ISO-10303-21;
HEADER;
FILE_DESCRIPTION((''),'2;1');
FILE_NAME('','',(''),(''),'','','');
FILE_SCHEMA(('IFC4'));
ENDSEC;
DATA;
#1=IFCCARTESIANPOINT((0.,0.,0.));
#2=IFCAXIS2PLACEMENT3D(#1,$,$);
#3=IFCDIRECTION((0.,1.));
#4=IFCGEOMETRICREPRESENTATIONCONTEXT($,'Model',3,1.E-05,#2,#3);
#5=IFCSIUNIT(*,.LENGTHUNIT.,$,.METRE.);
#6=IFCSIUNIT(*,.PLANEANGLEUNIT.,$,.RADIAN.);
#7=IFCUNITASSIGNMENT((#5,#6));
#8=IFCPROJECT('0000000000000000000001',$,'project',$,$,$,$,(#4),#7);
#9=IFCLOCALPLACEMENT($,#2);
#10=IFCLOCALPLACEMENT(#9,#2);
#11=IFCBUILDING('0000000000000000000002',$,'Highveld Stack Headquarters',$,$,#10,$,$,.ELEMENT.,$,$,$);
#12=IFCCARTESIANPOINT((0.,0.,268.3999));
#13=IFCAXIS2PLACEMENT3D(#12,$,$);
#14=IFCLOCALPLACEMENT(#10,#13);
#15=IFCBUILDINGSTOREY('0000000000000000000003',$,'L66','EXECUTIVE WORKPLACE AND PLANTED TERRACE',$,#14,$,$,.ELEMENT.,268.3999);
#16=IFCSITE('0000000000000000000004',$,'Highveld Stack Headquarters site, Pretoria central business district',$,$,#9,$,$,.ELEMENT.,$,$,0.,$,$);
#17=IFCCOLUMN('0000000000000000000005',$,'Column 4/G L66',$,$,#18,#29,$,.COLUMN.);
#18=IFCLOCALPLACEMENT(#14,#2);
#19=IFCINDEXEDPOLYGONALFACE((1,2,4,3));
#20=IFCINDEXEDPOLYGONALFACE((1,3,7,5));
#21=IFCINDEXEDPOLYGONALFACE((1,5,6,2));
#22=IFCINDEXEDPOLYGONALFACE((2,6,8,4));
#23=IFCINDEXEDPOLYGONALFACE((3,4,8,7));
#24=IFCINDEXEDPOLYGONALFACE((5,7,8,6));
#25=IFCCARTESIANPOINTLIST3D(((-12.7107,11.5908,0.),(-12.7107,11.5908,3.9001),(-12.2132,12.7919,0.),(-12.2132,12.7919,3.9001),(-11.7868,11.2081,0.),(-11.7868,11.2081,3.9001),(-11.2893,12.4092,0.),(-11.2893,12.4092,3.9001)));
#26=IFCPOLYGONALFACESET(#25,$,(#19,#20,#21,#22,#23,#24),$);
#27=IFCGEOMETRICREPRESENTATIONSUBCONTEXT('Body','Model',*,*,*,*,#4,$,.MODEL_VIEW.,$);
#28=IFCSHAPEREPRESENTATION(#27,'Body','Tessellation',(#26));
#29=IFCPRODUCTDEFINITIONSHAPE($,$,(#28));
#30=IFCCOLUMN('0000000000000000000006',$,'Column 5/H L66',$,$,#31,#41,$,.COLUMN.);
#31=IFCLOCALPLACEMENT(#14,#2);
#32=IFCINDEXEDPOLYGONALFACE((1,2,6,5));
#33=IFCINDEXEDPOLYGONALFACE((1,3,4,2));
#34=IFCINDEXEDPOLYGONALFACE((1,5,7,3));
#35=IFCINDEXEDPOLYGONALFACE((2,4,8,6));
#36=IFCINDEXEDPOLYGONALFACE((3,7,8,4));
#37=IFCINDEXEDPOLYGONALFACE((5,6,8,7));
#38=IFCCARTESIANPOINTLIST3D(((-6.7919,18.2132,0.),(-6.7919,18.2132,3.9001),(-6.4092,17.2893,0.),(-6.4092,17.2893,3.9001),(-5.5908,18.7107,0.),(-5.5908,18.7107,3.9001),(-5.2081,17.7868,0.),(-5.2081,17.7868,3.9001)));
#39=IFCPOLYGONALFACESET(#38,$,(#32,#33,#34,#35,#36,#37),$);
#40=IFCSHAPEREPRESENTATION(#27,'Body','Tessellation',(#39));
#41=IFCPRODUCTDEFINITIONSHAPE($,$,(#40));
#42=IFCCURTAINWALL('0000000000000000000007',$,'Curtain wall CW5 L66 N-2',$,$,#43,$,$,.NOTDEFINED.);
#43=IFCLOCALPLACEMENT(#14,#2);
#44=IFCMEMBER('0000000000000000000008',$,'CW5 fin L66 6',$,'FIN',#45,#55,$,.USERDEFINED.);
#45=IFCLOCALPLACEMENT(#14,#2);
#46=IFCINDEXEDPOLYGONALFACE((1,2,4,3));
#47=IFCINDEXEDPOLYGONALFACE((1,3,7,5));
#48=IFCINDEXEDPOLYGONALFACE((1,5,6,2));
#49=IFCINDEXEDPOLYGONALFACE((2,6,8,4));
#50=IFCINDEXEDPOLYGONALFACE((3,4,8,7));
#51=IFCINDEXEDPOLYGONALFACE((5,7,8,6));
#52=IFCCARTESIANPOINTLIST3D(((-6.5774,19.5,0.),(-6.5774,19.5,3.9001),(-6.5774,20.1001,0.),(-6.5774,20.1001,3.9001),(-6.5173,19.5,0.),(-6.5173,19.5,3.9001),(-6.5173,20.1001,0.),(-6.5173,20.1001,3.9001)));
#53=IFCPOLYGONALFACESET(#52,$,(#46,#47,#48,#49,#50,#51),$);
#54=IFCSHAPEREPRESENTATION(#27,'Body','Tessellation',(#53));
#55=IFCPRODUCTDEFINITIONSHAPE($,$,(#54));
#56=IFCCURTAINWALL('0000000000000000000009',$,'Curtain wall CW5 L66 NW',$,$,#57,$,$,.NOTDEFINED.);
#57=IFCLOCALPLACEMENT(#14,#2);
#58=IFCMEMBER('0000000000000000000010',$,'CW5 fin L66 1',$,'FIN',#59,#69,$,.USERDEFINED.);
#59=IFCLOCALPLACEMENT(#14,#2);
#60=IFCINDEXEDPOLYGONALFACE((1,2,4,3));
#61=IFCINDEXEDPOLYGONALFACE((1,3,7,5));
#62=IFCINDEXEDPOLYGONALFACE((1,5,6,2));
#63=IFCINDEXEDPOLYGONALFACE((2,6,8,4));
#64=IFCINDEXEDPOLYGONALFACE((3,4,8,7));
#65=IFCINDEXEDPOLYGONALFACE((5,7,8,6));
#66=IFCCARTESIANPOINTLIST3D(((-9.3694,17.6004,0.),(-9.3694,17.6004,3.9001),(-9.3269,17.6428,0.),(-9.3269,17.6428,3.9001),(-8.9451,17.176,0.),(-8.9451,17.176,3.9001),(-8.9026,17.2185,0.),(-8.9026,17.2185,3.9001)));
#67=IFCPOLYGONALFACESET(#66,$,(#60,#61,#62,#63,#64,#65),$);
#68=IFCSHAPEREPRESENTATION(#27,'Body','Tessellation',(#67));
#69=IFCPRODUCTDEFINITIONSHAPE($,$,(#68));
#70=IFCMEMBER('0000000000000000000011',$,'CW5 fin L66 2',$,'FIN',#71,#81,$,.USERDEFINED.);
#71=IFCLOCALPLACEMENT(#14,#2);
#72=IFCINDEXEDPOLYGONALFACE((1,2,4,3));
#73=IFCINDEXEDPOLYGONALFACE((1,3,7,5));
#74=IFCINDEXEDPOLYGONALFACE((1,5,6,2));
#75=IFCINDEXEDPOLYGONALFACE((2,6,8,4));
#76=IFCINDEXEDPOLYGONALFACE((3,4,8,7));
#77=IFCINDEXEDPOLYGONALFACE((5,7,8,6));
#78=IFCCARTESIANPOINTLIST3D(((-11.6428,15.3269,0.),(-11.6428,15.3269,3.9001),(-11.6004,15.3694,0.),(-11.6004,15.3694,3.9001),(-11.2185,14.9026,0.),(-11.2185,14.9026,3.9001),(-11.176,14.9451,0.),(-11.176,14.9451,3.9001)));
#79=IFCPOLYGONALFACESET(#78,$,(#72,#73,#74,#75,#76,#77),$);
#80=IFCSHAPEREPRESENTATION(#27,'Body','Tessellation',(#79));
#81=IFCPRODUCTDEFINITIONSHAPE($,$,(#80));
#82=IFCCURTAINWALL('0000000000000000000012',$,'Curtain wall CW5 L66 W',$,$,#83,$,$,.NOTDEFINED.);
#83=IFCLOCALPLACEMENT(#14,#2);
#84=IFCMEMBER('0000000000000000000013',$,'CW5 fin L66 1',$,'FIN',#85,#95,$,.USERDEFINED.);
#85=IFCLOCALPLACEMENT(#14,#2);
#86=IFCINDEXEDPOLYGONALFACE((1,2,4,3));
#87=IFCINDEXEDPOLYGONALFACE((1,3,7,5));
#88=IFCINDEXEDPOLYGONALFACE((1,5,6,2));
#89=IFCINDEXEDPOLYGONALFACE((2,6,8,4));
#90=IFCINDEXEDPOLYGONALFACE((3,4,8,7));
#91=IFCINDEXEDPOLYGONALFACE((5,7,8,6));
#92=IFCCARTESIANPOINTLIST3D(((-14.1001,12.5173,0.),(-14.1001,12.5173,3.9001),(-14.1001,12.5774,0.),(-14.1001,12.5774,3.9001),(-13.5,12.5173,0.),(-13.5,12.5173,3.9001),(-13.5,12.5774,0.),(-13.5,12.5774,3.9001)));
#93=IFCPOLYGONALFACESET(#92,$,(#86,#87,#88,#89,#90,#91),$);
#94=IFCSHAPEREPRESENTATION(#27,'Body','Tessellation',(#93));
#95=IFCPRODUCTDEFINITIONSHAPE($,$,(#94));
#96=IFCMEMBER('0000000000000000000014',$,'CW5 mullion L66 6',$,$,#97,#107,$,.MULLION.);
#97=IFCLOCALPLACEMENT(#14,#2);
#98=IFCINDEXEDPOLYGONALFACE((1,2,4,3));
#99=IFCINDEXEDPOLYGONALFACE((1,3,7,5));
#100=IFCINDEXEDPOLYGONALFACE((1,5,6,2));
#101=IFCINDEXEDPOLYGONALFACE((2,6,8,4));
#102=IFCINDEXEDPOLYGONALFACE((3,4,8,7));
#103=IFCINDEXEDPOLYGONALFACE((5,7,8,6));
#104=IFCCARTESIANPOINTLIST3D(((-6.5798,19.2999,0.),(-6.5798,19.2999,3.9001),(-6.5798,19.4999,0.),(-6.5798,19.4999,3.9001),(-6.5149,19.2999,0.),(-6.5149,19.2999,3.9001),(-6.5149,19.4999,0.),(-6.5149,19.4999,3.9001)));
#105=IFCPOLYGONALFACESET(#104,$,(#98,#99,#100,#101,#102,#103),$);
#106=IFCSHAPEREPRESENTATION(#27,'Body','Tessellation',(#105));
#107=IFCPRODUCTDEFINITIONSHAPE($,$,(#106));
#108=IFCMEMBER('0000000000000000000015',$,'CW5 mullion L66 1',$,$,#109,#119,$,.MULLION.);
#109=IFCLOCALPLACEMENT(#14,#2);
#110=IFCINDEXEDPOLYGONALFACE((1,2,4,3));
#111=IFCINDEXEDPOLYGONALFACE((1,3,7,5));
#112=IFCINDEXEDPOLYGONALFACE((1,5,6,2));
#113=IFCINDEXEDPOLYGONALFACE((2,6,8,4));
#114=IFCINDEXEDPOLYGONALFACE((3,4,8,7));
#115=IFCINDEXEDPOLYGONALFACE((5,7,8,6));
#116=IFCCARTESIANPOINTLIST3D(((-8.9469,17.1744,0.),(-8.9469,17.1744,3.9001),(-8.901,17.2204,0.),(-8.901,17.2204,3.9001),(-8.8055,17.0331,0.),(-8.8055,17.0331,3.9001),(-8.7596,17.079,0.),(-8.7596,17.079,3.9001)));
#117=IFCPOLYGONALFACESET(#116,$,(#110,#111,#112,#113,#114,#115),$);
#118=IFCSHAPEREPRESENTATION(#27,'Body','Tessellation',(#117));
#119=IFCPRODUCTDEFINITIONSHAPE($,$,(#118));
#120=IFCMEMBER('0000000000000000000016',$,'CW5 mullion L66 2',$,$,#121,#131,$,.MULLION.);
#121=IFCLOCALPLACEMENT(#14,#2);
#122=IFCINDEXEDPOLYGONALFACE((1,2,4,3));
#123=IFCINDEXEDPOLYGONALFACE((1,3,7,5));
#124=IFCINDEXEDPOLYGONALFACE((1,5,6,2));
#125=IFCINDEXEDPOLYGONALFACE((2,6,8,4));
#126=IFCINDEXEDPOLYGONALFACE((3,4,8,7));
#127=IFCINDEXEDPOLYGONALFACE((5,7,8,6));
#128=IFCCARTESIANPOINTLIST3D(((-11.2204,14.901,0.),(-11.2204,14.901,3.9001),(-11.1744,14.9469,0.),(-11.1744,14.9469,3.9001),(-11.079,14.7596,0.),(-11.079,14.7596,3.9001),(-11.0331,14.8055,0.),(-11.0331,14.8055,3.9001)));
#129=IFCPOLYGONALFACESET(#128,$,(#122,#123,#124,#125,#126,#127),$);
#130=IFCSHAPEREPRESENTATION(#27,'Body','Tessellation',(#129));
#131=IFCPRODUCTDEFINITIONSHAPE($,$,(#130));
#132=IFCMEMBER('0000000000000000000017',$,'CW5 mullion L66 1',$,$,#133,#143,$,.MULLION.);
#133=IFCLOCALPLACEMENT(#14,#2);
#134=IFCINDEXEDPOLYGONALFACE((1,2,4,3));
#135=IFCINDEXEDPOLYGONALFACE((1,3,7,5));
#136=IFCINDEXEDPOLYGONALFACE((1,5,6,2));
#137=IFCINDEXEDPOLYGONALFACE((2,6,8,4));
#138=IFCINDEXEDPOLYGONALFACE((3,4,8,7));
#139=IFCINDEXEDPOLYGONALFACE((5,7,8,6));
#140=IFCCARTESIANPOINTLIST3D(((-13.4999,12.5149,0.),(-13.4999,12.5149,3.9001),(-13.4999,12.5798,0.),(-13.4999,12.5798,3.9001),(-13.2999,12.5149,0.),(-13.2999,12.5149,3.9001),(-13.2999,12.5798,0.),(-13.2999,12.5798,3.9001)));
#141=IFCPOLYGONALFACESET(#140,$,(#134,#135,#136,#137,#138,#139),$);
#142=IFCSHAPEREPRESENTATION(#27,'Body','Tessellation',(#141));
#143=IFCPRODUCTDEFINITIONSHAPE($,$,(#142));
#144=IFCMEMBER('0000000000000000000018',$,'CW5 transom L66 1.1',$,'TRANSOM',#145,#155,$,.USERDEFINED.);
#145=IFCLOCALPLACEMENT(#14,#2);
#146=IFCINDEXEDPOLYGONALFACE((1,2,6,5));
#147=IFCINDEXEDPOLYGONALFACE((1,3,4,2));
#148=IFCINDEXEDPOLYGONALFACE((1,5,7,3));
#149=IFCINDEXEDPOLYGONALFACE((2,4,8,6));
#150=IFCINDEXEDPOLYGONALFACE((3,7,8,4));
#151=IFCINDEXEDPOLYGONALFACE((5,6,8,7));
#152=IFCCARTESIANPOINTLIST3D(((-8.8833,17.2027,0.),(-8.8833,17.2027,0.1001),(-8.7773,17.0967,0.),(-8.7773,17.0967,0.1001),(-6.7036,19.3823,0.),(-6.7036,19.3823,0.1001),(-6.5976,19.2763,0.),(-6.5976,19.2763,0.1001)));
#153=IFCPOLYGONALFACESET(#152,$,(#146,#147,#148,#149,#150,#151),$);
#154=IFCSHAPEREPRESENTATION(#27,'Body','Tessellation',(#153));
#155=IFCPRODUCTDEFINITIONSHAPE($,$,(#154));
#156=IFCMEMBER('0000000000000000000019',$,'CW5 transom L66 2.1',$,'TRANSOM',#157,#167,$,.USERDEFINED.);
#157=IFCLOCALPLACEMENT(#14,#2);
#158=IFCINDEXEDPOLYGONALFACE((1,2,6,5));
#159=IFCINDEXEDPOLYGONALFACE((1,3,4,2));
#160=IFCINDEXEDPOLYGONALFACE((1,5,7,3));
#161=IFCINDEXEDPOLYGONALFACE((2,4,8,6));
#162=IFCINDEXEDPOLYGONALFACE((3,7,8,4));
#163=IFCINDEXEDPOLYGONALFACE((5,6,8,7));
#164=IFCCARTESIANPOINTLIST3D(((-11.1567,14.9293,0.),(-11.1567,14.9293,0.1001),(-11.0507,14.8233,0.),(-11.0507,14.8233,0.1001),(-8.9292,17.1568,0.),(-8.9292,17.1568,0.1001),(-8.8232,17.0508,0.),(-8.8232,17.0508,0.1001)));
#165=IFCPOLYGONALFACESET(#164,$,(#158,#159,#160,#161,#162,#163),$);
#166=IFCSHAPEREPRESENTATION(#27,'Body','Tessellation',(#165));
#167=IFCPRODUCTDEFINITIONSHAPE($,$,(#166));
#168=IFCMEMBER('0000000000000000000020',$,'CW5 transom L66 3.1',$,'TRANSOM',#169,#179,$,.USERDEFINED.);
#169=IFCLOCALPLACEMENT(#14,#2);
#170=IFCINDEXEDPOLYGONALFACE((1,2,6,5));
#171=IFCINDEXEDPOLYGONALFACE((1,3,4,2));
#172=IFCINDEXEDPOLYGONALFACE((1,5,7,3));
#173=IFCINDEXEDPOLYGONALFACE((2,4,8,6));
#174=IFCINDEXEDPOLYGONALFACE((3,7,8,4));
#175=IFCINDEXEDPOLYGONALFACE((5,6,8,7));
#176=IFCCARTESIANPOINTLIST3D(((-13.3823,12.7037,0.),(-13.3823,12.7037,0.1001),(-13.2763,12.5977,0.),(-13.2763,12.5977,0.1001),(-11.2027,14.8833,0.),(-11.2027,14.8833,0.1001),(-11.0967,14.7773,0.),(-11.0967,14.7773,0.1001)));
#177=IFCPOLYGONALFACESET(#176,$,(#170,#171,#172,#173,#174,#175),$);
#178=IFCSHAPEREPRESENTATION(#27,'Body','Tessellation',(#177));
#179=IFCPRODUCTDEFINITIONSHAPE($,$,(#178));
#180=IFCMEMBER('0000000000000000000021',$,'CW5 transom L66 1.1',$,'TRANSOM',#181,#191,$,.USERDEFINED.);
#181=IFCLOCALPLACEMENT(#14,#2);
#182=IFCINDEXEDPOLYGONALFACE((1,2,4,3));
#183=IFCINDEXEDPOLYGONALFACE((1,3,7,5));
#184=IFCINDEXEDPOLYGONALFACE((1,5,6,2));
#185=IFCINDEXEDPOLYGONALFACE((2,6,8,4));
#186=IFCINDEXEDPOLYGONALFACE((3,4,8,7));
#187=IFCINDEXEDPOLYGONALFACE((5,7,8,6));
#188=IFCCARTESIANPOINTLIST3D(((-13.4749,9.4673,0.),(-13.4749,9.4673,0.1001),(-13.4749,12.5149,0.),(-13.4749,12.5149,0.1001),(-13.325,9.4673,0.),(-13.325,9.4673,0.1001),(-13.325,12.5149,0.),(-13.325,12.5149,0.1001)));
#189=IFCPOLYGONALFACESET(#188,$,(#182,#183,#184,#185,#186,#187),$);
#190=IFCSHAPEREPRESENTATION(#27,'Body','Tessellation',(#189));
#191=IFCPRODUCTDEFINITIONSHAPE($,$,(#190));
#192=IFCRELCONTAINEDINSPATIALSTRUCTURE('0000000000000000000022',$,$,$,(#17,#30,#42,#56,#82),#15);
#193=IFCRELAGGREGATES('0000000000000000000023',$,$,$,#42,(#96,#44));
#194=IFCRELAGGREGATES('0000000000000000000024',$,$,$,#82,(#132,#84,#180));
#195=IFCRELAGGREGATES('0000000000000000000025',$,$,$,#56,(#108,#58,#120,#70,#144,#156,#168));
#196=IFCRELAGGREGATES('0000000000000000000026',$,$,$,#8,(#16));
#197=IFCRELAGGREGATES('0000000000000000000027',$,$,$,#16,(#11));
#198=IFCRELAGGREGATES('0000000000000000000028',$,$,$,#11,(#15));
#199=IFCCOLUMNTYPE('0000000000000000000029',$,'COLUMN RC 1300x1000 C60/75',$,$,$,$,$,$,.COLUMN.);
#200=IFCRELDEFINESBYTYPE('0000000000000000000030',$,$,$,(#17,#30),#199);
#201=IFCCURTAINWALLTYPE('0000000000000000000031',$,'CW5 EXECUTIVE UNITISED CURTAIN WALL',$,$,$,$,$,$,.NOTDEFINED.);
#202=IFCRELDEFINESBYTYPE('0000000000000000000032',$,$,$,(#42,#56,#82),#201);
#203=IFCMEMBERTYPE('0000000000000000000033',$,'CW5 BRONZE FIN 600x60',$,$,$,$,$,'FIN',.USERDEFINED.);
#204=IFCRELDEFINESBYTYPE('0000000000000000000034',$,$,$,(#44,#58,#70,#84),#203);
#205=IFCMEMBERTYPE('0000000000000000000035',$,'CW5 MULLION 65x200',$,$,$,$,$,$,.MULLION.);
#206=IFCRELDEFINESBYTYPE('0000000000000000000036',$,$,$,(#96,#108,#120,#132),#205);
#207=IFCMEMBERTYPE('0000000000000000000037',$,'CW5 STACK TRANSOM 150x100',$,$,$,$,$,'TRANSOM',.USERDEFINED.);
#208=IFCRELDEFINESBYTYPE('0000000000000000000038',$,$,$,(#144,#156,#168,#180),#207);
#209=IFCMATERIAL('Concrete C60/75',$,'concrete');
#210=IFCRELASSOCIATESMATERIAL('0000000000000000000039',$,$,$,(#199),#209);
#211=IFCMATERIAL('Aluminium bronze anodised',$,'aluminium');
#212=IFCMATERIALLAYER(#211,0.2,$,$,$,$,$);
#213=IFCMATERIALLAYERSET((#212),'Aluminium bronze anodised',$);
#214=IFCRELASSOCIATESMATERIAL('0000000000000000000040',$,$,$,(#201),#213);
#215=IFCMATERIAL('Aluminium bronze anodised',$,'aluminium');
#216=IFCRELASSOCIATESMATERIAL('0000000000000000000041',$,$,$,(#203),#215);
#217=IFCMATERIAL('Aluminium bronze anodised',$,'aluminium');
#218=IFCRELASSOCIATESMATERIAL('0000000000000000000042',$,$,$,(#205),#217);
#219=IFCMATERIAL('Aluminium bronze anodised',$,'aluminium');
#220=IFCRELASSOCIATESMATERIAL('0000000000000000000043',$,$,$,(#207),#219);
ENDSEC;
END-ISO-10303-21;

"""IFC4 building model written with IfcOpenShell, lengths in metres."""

from ifc_helpers import new_model, si_unit, direction, frame, origin, origin_2d, place, context, subcontext, project, spatial, rectangle, extrude, material, layer, layer_set, material_profile, profile_set, type_object, element, aggregate, save


model = new_model("IFC4")

# Units and contexts
model_context = context("Model", 3, precision=1e-05, world=origin(), true_north=direction((0.0, 1.0)))
body_context = subcontext(model_context, "Body", "Model", "MODEL_VIEW")
ifc_project = project(units=[si_unit("LENGTHUNIT", "METRE"), si_unit("PLANEANGLEUNIT", "RADIAN")], contexts=[model_context])

# Site, building, storey
site_placement = place(None, origin())
site = spatial("IfcSite", under=ifc_project, at=site_placement, Name="Highveld Stack Headquarters site, Pretoria central business district", CompositionType="ELEMENT", RefElevation=0.0)
building_placement = place(site_placement, origin())
building = spatial("IfcBuilding", under=site, at=building_placement, Name="Highveld Stack Headquarters", CompositionType="ELEMENT")
storey_placement = place(building_placement, frame((0.0, 0.0, 268.3999)))
storey = spatial("IfcBuildingStorey", under=building, at=storey_placement, Name="L66", Description="EXECUTIVE WORKPLACE AND PLANTED TERRACE", CompositionType="ELEMENT", Elevation=268.3999)

# Columns
ifc_material_1 = material(Name="Concrete C60/75", Category="concrete")
ifc_material_profile_1 = material_profile(ifc_material_1, rectangle(XDim=1.3, YDim=1.0, at=origin_2d()), Name="RC 1300x1000")
ifc_profile_set_1 = profile_set([ifc_material_profile_1], Name="Concrete C60/75")
column_type = type_object("IfcColumnType", Name="COLUMN RC 1300x1000 C60/75", PredefinedType="COLUMN", material=ifc_profile_set_1)
for number, where, z_axis, x_axis, name in (
    (1, (-12.0, 12.0, 0.0), (0.0, 0.0, 1.0), (0.382683, 0.92388, 0.0), "Column 4/G L66"),
    (2, (-6.0, 18.0, 0.0), (0.0, 0.0, 1.0), (0.92388, 0.382683, 0.0), "Column 5/H L66"),
):
    element("IfcColumn", number, at=place(storey_placement, frame(where, z_axis=z_axis, x_axis=x_axis)), inside=storey, type_object=column_type, Name=name, PredefinedType="COLUMN", context=body_context, shape_type="SweptSolid", body=[
        extrude(rectangle(XDim=1.3, YDim=1.0, at=origin_2d()), origin(), (0.0, 0.0, 1.0), 3.9001),
    ])

# Curtain wall, member
ifc_material_2 = material(Name="Aluminium bronze anodised", Category="aluminium")
ifc_layer_1 = layer(ifc_material_2, 0.2)
ifc_layer_set_1 = layer_set([ifc_layer_1], Name="Aluminium bronze anodised")
curtain_wall_type = type_object("IfcCurtainWallType", Name="CW5 EXECUTIVE UNITISED CURTAIN WALL", PredefinedType="NOTDEFINED", material=ifc_layer_set_1)
curtain_wall_1_placement = place(storey_placement, origin())
curtain_wall_1 = element("IfcCurtainWall", 3, at=curtain_wall_1_placement, inside=storey, type_object=curtain_wall_type, Name="Curtain wall CW5 L66 N-2", PredefinedType="NOTDEFINED")
ifc_material_3 = material(Name="Aluminium bronze anodised", Category="aluminium")
ifc_material_profile_2 = material_profile(ifc_material_3, rectangle(XDim=0.6001, YDim=0.0601, at=origin_2d()), Name="FIN 600x60")
ifc_profile_set_2 = profile_set([ifc_material_profile_2], Name="Aluminium bronze anodised")
member_type_1 = type_object("IfcMemberType", Name="CW5 BRONZE FIN 600x60", ElementType="FIN", PredefinedType="USERDEFINED", material=ifc_profile_set_2)
member_1_placement = place(storey_placement, frame((-6.5474, 19.8, 0.0), z_axis=(0.0, 0.0, 1.0), x_axis=(0.0, -1.0, 0.0)))
member_1 = element("IfcMember", 4, at=member_1_placement, type_object=member_type_1, Name="CW5 fin L66 6", ObjectType="FIN", PredefinedType="USERDEFINED", context=body_context, shape_type="SweptSolid", body=[
    extrude(rectangle(XDim=0.6001, YDim=0.0601, at=origin_2d()), origin(), (0.0, 0.0, 1.0), 3.9001),
])

# Curtain wall, members
curtain_wall_2_placement = place(storey_placement, origin())
curtain_wall_2 = element("IfcCurtainWall", 5, at=curtain_wall_2_placement, inside=storey, type_object=curtain_wall_type, Name="Curtain wall CW5 L66 NW", PredefinedType="NOTDEFINED")
member_2_placement = place(storey_placement, frame((-9.136, 17.4094, 0.0), z_axis=(0.0, 0.0, 1.0), x_axis=(0.707107, -0.707107, 0.0)))
member_2 = element("IfcMember", 6, at=member_2_placement, type_object=member_type_1, Name="CW5 fin L66 1", ObjectType="FIN", PredefinedType="USERDEFINED", context=body_context, shape_type="SweptSolid", body=[
    extrude(rectangle(XDim=0.6001, YDim=0.0601, at=origin_2d()), origin(), (0.0, 0.0, 1.0), 3.9001),
])
member_3_placement = place(storey_placement, frame((-11.4094, 15.136, 0.0), z_axis=(0.0, 0.0, 1.0), x_axis=(0.707107, -0.707107, 0.0)))
member_3 = element("IfcMember", 7, at=member_3_placement, type_object=member_type_1, Name="CW5 fin L66 2", ObjectType="FIN", PredefinedType="USERDEFINED", context=body_context, shape_type="SweptSolid", body=[
    extrude(rectangle(XDim=0.6001, YDim=0.0601, at=origin_2d()), origin(), (0.0, 0.0, 1.0), 3.9001),
])

# Curtain wall, member
curtain_wall_3_placement = place(storey_placement, origin())
curtain_wall_3 = element("IfcCurtainWall", 8, at=curtain_wall_3_placement, inside=storey, type_object=curtain_wall_type, Name="Curtain wall CW5 L66 W", PredefinedType="NOTDEFINED")
member_4_placement = place(storey_placement, frame((-13.8, 12.5474, 0.0), z_axis=(0.0, 0.0, 1.0), x_axis=(1.0, 0.0, 0.0)))
member_4 = element("IfcMember", 9, at=member_4_placement, type_object=member_type_1, Name="CW5 fin L66 1", ObjectType="FIN", PredefinedType="USERDEFINED", context=body_context, shape_type="SweptSolid", body=[
    extrude(rectangle(XDim=0.6001, YDim=0.0601, at=origin_2d()), origin(), (0.0, 0.0, 1.0), 3.9001),
])

# Members
ifc_material_4 = material(Name="Aluminium bronze anodised", Category="aluminium")
ifc_material_profile_3 = material_profile(ifc_material_4, rectangle(XDim=0.2, YDim=0.0649, at=origin_2d()), Name="CW5 MULLION 65x200")
ifc_profile_set_3 = profile_set([ifc_material_profile_3], Name="Aluminium bronze anodised")
member_type_2 = type_object("IfcMemberType", Name="CW5 MULLION 65x200", PredefinedType="MULLION", material=ifc_profile_set_3)
member_5_placement = place(storey_placement, frame((-6.5474, 19.3999, 0.0), z_axis=(0.0, 0.0, 1.0), x_axis=(0.0, -1.0, 0.0)))
member_5 = element("IfcMember", 10, at=member_5_placement, type_object=member_type_2, Name="CW5 mullion L66 6", PredefinedType="MULLION", context=body_context, shape_type="SweptSolid", body=[
    extrude(rectangle(XDim=0.2, YDim=0.0649, at=origin_2d()), origin(), (0.0, 0.0, 1.0), 3.9001),
])
aggregate(curtain_wall_1, [member_5, member_1])
member_6_placement = place(storey_placement, frame((-8.8533, 17.1267, 0.0), z_axis=(0.0, 0.0, 1.0), x_axis=(0.707107, -0.707107, 0.0)))
member_6 = element("IfcMember", 11, at=member_6_placement, type_object=member_type_2, Name="CW5 mullion L66 1", PredefinedType="MULLION", context=body_context, shape_type="SweptSolid", body=[
    extrude(rectangle(XDim=0.2, YDim=0.0649, at=origin_2d()), origin(), (0.0, 0.0, 1.0), 3.9001),
])
member_7_placement = place(storey_placement, frame((-11.1267, 14.8533, 0.0), z_axis=(0.0, 0.0, 1.0), x_axis=(0.707107, -0.707107, 0.0)))
member_7 = element("IfcMember", 12, at=member_7_placement, type_object=member_type_2, Name="CW5 mullion L66 2", PredefinedType="MULLION", context=body_context, shape_type="SweptSolid", body=[
    extrude(rectangle(XDim=0.2, YDim=0.0649, at=origin_2d()), origin(), (0.0, 0.0, 1.0), 3.9001),
])
member_8_placement = place(storey_placement, frame((-13.3999, 12.5474, 0.0), z_axis=(0.0, 0.0, 1.0), x_axis=(1.0, 0.0, 0.0)))
member_8 = element("IfcMember", 13, at=member_8_placement, type_object=member_type_2, Name="CW5 mullion L66 1", PredefinedType="MULLION", context=body_context, shape_type="SweptSolid", body=[
    extrude(rectangle(XDim=0.2, YDim=0.0649, at=origin_2d()), origin(), (0.0, 0.0, 1.0), 3.9001),
])
ifc_material_5 = material(Name="Aluminium bronze anodised", Category="aluminium")
ifc_material_profile_4 = material_profile(ifc_material_5, rectangle(XDim=0.1499, YDim=0.1001, at=origin_2d()), Name="CW5 TRANSOM 150x100")
ifc_profile_set_4 = profile_set([ifc_material_profile_4], Name="Aluminium bronze anodised")
member_type_3 = type_object("IfcMemberType", Name="CW5 STACK TRANSOM 150x100", ElementType="TRANSOM", PredefinedType="USERDEFINED", material=ifc_profile_set_4)
member_9_placement = place(storey_placement, frame((-6.6506, 19.3293, 0.05), z_axis=(-0.707107, -0.707107, 0.0), x_axis=(0.707107, -0.707107, 0.0)))
member_9 = element("IfcMember", 14, at=member_9_placement, type_object=member_type_3, Name="CW5 transom L66 1.1", ObjectType="TRANSOM", PredefinedType="USERDEFINED", context=body_context, shape_type="SweptSolid", body=[
    extrude(rectangle(XDim=0.1499, YDim=0.1001, at=origin_2d()), origin(), (0.0, 0.0, 1.0), 3.0825),
])
member_10_placement = place(storey_placement, frame((-8.8762, 17.1038, 0.05), z_axis=(-0.707107, -0.707107, 0.0), x_axis=(0.707107, -0.707107, 0.0)))
member_10 = element("IfcMember", 15, at=member_10_placement, type_object=member_type_3, Name="CW5 transom L66 2.1", ObjectType="TRANSOM", PredefinedType="USERDEFINED", context=body_context, shape_type="SweptSolid", body=[
    extrude(rectangle(XDim=0.1499, YDim=0.1001, at=origin_2d()), origin(), (0.0, 0.0, 1.0), 3.1501),
])
member_11_placement = place(storey_placement, frame((-11.1497, 14.8303, 0.05), z_axis=(-0.707107, -0.707107, 0.0), x_axis=(0.707107, -0.707107, 0.0)))
member_11 = element("IfcMember", 16, at=member_11_placement, type_object=member_type_3, Name="CW5 transom L66 3.1", ObjectType="TRANSOM", PredefinedType="USERDEFINED", context=body_context, shape_type="SweptSolid", body=[
    extrude(rectangle(XDim=0.1499, YDim=0.1001, at=origin_2d()), origin(), (0.0, 0.0, 1.0), 3.0825),
])
member_12_placement = place(storey_placement, frame((-13.3999, 12.5149, 0.05), z_axis=(0.0, -1.0, 0.0), x_axis=(1.0, 0.0, 0.0)))
member_12 = element("IfcMember", 17, at=member_12_placement, type_object=member_type_3, Name="CW5 transom L66 1.1", ObjectType="TRANSOM", PredefinedType="USERDEFINED", context=body_context, shape_type="SweptSolid", body=[
    extrude(rectangle(XDim=0.1499, YDim=0.1001, at=origin_2d()), origin(), (0.0, 0.0, 1.0), 3.0476),
])
aggregate(curtain_wall_3, [member_8, member_4, member_12])

aggregate(curtain_wall_2, [member_6, member_2, member_7, member_3, member_9, member_10, member_11])

save(model, "model.ifc")
